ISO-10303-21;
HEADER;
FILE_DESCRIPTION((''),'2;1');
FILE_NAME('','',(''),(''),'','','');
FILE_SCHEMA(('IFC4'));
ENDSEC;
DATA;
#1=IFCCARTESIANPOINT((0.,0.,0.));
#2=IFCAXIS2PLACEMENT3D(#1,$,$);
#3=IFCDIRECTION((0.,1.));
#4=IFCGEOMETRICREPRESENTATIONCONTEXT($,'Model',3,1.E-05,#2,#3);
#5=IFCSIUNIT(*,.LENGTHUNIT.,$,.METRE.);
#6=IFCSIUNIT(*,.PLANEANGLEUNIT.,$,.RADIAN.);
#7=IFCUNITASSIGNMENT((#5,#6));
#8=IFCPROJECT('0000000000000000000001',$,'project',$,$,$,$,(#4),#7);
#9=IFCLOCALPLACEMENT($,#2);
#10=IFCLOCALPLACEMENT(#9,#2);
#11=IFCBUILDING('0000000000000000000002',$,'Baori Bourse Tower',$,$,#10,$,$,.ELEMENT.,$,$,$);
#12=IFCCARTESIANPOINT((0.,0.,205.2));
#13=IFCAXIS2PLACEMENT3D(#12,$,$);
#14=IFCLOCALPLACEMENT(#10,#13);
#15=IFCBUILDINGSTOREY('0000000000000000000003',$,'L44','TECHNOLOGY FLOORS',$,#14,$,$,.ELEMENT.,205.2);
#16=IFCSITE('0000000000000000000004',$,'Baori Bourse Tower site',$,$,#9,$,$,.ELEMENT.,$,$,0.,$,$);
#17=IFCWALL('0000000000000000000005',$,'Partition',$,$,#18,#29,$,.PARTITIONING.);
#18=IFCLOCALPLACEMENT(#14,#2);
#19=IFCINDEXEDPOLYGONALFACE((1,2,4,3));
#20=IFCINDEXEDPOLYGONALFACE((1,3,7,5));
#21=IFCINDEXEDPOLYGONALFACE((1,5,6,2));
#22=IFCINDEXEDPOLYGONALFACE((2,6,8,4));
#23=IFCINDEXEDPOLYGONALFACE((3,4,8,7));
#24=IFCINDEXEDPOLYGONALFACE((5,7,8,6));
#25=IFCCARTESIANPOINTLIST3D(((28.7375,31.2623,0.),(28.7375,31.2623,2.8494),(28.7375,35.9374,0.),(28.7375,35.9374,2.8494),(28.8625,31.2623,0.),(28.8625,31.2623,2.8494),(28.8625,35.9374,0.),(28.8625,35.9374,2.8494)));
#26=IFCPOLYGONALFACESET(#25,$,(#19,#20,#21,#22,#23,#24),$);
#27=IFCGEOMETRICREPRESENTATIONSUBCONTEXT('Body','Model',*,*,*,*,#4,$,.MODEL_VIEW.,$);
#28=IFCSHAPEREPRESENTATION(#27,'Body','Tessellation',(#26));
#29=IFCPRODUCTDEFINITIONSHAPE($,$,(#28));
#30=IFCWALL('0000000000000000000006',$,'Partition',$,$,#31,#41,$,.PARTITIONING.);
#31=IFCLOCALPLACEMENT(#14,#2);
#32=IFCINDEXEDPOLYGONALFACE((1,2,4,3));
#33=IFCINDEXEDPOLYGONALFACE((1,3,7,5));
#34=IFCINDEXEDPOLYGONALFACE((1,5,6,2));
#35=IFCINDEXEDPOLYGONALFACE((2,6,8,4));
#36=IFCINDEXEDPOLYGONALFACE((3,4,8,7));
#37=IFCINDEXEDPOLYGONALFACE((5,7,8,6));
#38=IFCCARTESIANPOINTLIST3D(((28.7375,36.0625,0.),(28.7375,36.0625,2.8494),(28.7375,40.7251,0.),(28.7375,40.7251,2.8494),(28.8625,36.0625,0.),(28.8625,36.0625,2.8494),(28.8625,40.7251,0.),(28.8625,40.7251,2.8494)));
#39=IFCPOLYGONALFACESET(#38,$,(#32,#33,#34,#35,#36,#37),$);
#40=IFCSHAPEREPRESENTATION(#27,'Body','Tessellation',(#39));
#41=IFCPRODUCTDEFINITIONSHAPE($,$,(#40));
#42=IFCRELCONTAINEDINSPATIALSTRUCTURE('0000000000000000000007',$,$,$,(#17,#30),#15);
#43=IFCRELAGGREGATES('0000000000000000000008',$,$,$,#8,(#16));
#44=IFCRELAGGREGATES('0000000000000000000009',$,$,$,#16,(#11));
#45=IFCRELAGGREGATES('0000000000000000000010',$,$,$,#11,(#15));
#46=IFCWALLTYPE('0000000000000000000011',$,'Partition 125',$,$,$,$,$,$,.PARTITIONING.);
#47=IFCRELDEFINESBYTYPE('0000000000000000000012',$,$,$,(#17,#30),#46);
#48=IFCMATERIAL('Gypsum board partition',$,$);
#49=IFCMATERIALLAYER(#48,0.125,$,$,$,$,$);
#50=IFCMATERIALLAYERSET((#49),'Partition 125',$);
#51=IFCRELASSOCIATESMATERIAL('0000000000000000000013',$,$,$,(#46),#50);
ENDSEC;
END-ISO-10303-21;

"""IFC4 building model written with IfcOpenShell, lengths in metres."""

from ifc_helpers import new_model, si_unit, direction, frame, frame_2d, origin, place, context, subcontext, project, spatial, rectangle, extrude, material, layer, layer_set, type_object, element, save


model = new_model("IFC4")

# Units and contexts
model_context = context("Model", 3, precision=1e-05, world=origin(), true_north=direction((0.0, 1.0)))
body_context = subcontext(model_context, "Body", "Model", "MODEL_VIEW")
ifc_project = project(units=[si_unit("LENGTHUNIT", "METRE"), si_unit("PLANEANGLEUNIT", "RADIAN")], contexts=[model_context])

# Site, building, storey
site_placement = place(None, origin())
site = spatial("IfcSite", under=ifc_project, at=site_placement, Name="Baori Bourse Tower site", CompositionType="ELEMENT", RefElevation=0.0)
building_placement = place(site_placement, origin())
building = spatial("IfcBuilding", under=site, at=building_placement, Name="Baori Bourse Tower", CompositionType="ELEMENT")
storey_placement = place(building_placement, frame((0.0, 0.0, 205.2)))
storey = spatial("IfcBuildingStorey", under=building, at=storey_placement, Name="L44", Description="TECHNOLOGY FLOORS", CompositionType="ELEMENT", Elevation=205.2)

# Walls
ifc_material_1 = material(Name="Gypsum board partition")
ifc_layer_1 = layer(ifc_material_1, 0.125)
ifc_layer_set_1 = layer_set([ifc_layer_1], Name="Partition 125")
wall_type_1 = type_object("IfcWallType", Name="Partition 125", PredefinedType="PARTITIONING", material=ifc_layer_set_1)
wall_1_placement = place(storey_placement, frame((28.8, 31.2625, 0.0), z_axis=(0.0, 0.0, 1.0), x_axis=(0.0, 1.0, 0.0)))
element("IfcWall", 1, at=wall_1_placement, inside=storey, type_object=wall_type_1, Name="Partition", PredefinedType="PARTITIONING", context=body_context, shape_type="SweptSolid", body=[
    extrude(rectangle(XDim=4.675, YDim=0.125, at=frame_2d((2.3374, 0.0))), origin(), (0.0, 0.0, 1.0), 2.8494),
])
wall_2_placement = place(storey_placement, frame((28.8, 36.0625, 0.0), z_axis=(0.0, 0.0, 1.0), x_axis=(0.0, 1.0, 0.0)))
element("IfcWall", 2, at=wall_2_placement, inside=storey, type_object=wall_type_1, Name="Partition", PredefinedType="PARTITIONING", context=body_context, shape_type="SweptSolid", body=[
    extrude(rectangle(XDim=4.6626, YDim=0.125, at=frame_2d((2.3313, 0.0))), origin(), (0.0, 0.0, 1.0), 2.8494),
])

save(model, "model.ifc")
